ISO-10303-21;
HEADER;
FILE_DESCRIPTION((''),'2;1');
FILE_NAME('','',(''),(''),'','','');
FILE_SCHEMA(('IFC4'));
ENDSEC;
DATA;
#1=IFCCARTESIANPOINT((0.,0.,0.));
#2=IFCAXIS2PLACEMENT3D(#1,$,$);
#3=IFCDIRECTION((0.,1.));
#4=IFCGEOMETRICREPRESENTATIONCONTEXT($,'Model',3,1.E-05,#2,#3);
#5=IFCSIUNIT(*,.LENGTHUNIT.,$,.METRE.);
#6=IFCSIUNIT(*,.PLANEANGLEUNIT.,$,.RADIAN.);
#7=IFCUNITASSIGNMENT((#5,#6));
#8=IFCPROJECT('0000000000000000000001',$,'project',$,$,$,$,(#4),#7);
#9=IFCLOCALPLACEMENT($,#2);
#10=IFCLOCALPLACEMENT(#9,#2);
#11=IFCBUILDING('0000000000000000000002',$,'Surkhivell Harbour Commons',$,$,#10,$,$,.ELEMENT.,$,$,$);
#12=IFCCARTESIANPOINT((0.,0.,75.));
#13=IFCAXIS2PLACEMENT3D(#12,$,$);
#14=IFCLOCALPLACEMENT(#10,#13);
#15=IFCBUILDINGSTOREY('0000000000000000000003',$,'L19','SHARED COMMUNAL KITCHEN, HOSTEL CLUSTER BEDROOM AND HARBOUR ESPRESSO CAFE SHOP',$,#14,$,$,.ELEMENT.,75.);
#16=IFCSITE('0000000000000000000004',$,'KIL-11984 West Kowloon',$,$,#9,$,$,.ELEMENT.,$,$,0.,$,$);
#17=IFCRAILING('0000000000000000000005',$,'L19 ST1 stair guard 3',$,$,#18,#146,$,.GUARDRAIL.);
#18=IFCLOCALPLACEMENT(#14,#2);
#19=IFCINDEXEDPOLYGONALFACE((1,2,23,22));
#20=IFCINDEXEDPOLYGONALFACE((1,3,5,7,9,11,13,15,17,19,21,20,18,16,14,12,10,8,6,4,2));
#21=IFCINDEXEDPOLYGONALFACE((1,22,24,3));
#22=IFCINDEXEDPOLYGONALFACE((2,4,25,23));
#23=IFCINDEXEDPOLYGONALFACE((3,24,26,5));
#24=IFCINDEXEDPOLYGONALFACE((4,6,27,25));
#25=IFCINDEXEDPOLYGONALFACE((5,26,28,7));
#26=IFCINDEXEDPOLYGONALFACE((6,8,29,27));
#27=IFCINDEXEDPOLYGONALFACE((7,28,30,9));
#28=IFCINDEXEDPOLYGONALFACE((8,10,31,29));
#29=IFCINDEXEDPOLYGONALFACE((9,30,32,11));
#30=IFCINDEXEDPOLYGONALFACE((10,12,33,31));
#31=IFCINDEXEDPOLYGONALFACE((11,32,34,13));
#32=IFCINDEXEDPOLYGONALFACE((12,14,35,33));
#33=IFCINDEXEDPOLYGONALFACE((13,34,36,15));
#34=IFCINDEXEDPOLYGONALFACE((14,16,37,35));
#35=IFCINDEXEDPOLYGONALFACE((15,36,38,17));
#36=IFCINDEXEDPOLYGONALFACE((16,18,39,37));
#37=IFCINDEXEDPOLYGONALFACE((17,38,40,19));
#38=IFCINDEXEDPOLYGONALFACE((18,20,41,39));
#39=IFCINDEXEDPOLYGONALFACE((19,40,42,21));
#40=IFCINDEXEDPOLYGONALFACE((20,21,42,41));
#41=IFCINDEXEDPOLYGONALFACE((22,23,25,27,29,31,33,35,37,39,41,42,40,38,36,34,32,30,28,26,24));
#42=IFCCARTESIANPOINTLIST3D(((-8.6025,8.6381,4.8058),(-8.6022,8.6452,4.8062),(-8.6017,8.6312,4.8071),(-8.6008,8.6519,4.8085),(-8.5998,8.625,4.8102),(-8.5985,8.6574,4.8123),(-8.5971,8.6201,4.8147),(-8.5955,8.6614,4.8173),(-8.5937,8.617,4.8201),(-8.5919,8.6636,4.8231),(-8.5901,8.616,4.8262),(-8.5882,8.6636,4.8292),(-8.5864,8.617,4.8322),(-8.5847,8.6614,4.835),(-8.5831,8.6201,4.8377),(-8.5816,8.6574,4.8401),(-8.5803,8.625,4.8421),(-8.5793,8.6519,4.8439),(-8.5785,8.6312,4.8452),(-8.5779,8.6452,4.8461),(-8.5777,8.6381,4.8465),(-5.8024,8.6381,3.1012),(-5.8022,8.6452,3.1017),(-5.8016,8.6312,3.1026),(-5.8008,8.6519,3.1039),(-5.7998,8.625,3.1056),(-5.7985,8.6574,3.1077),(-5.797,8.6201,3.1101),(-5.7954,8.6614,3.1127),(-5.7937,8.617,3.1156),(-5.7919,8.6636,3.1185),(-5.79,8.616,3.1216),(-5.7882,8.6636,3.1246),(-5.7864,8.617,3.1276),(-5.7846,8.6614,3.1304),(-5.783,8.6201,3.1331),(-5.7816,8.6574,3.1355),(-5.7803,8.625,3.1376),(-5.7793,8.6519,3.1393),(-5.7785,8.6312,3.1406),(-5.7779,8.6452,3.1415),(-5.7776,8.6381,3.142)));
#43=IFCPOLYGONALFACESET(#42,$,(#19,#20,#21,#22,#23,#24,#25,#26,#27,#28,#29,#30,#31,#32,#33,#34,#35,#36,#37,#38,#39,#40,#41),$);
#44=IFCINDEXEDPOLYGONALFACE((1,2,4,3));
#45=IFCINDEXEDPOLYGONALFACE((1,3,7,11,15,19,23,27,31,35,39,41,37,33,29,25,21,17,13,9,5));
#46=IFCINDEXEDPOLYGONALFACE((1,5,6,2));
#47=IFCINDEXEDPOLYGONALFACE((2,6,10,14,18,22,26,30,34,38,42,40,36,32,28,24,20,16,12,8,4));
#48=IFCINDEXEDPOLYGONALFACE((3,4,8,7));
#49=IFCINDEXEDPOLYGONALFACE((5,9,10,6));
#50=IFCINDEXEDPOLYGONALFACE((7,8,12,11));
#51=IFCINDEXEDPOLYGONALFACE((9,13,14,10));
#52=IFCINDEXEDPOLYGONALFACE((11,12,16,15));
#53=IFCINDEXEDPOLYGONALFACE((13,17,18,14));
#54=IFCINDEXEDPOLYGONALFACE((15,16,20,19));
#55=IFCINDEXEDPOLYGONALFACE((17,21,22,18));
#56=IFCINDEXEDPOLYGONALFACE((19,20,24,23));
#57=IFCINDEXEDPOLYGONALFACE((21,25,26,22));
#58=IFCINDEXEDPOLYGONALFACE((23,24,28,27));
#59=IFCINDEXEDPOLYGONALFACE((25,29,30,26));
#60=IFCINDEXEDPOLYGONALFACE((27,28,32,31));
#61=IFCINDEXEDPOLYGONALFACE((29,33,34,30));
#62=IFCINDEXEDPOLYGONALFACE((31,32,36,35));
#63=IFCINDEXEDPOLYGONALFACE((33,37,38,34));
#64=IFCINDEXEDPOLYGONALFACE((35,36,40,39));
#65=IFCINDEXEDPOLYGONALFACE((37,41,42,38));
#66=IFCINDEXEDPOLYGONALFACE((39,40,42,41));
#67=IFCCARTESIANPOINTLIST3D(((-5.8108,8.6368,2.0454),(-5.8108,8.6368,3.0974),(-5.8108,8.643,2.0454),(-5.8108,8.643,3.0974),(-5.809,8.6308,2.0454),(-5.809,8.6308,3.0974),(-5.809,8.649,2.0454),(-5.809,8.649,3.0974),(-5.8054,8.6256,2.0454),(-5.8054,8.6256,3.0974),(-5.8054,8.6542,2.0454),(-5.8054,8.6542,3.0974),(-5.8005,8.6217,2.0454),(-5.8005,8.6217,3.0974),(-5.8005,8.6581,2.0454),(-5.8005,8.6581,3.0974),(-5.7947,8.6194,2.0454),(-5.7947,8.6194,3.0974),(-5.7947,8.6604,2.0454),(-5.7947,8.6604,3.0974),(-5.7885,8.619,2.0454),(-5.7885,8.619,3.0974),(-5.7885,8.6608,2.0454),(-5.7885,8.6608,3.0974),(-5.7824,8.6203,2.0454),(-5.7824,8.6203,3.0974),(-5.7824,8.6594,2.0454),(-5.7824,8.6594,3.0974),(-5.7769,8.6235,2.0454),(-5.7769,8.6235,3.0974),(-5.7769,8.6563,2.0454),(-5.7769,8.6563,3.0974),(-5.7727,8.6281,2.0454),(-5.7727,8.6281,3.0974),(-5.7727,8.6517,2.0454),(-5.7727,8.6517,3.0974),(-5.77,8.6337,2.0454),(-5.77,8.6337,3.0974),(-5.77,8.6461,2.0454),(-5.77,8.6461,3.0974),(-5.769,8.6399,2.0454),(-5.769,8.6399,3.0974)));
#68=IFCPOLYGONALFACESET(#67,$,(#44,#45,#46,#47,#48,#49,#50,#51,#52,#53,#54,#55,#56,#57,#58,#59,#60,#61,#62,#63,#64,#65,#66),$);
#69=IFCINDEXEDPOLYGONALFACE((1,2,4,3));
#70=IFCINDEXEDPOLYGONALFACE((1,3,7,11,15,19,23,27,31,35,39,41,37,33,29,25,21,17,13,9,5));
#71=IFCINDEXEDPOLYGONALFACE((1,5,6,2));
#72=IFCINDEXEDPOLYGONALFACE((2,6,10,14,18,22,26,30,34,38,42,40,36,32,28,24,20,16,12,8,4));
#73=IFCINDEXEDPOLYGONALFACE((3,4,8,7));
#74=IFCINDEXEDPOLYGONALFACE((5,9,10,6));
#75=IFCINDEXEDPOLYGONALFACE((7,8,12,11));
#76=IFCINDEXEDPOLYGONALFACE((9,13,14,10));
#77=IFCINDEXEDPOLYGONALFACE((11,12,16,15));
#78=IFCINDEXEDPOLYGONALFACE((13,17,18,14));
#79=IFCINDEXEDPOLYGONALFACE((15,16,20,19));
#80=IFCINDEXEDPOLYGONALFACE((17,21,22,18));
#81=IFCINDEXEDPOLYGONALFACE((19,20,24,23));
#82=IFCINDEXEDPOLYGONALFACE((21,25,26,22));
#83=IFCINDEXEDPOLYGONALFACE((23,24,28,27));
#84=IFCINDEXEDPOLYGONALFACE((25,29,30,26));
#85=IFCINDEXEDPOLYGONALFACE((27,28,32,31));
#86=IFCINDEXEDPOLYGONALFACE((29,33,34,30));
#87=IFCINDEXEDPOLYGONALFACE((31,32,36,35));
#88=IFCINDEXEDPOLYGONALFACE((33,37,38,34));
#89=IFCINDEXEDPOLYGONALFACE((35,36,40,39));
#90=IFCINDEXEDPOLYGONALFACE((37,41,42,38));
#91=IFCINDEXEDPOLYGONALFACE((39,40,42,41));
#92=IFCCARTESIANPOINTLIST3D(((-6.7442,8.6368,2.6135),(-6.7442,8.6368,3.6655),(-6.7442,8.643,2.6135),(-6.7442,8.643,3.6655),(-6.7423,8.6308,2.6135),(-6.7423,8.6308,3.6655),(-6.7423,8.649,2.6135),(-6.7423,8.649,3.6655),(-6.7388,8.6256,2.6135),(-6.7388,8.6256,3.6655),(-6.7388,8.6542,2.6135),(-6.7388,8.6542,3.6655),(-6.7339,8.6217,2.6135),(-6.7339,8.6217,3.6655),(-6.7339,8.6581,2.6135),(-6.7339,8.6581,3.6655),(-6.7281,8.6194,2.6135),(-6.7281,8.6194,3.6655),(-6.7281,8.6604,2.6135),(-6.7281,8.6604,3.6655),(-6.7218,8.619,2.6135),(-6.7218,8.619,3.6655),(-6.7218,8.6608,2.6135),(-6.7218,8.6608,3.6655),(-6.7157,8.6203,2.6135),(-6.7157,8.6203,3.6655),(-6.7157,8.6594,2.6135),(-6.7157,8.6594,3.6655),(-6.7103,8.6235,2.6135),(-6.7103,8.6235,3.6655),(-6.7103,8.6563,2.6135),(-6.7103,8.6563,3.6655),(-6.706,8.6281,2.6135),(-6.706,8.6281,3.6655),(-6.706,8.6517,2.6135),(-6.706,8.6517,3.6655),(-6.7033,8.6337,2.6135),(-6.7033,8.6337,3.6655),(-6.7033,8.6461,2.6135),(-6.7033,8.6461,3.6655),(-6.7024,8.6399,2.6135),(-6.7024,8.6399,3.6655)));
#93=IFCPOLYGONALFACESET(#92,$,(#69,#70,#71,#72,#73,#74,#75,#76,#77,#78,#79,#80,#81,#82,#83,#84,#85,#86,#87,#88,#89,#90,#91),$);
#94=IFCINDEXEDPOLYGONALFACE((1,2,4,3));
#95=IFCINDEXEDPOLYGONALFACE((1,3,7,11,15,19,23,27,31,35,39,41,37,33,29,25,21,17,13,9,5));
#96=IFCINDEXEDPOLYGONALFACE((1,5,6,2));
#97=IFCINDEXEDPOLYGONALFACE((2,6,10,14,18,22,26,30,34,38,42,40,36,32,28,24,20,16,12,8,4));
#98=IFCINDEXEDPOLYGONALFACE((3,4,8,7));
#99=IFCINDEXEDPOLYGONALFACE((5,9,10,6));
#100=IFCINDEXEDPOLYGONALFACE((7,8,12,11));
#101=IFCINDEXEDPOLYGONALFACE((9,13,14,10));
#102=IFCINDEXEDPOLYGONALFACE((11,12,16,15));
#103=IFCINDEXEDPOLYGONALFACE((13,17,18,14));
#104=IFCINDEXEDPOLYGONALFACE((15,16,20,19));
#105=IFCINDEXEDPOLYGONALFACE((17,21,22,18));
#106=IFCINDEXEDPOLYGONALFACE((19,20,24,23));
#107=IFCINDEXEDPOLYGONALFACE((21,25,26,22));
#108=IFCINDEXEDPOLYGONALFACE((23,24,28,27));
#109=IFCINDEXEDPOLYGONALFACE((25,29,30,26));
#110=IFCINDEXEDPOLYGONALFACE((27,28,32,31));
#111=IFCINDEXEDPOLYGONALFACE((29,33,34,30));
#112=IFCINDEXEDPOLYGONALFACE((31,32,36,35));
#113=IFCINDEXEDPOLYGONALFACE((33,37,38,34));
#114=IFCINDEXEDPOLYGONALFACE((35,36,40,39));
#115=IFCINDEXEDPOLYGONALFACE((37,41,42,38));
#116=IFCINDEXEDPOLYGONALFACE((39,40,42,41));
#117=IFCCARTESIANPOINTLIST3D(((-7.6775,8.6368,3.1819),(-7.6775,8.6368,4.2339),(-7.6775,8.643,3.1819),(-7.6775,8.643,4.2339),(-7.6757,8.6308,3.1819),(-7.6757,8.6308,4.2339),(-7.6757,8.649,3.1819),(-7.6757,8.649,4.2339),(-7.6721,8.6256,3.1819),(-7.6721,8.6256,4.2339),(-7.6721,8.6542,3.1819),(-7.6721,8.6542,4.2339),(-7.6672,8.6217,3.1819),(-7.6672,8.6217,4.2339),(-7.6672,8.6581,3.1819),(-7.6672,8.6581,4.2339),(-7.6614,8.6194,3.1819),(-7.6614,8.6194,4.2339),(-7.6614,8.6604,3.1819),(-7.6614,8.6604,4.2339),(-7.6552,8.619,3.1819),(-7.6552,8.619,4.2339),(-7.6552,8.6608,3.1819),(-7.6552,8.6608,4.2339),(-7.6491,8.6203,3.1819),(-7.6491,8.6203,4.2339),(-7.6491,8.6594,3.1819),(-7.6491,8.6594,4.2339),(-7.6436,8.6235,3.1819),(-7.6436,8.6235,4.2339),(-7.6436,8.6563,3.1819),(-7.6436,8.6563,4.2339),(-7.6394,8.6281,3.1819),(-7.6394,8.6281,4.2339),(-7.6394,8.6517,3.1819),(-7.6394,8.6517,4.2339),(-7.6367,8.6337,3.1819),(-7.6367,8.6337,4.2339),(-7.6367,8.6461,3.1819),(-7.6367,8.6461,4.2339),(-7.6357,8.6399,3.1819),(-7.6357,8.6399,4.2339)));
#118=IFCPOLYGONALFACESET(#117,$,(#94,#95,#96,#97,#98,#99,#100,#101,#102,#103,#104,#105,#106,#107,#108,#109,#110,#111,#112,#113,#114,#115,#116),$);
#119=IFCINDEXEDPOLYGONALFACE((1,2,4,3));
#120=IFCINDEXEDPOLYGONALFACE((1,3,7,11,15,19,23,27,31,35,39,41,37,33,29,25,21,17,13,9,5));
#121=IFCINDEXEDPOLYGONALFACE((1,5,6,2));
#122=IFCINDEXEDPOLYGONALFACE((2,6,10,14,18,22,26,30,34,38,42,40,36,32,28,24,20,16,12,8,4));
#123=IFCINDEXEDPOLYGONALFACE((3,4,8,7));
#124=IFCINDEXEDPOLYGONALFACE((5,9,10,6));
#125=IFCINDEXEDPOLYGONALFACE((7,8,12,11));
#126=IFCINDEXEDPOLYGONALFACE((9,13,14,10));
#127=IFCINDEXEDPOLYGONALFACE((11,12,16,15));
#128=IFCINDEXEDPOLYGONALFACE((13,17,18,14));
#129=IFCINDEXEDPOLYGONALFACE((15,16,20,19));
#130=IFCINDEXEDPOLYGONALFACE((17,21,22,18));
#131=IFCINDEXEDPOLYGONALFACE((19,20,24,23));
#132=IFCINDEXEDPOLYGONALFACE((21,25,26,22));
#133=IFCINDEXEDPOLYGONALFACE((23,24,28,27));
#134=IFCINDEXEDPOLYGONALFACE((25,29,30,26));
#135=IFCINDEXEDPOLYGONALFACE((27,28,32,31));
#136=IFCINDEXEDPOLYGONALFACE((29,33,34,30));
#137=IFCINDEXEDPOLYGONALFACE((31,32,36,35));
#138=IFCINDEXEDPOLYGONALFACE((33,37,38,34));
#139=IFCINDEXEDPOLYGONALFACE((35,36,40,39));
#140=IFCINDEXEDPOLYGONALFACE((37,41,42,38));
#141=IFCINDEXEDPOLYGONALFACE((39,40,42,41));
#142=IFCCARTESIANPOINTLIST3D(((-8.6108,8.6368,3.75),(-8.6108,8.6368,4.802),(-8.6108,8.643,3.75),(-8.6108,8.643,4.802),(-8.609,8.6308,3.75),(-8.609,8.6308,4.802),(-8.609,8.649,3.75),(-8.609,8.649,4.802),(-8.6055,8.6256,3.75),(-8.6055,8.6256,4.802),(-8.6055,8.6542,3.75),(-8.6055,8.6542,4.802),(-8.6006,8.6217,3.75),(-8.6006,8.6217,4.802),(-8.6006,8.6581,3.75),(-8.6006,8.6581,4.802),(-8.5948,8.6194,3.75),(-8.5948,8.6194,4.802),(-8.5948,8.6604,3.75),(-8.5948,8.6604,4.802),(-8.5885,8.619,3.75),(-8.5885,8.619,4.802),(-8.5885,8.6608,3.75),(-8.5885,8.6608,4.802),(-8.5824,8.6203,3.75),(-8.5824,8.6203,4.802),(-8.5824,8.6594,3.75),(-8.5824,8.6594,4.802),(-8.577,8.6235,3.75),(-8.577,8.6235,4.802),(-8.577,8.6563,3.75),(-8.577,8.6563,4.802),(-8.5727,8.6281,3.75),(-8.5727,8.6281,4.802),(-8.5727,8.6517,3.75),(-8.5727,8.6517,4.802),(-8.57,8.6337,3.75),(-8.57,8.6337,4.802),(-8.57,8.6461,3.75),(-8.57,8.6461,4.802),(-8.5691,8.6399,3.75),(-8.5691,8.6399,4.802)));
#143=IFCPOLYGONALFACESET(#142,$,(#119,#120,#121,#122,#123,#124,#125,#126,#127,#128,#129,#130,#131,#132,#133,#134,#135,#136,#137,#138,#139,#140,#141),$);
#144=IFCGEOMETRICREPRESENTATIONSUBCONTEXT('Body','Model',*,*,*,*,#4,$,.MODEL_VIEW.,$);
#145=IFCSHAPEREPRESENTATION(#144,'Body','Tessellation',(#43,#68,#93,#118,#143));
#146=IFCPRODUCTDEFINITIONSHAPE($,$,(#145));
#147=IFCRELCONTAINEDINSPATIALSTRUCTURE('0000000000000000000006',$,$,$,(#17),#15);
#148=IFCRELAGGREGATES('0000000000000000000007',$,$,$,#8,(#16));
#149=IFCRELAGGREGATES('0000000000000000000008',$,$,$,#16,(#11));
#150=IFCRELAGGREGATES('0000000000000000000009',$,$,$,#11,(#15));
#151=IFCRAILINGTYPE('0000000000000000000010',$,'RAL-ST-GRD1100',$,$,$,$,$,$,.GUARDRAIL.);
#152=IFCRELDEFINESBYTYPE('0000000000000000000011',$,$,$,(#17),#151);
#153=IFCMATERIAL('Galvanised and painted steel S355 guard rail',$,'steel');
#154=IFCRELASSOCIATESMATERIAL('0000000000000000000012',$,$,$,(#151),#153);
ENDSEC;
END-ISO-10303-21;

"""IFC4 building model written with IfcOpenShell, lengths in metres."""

from ifc_helpers import new_model, si_unit, direction, frame, origin, origin_2d, place, context, subcontext, project, spatial, circle, extrude, material, type_object, element, save


model = new_model("IFC4")

# Units and contexts
model_context = context("Model", 3, precision=1e-05, world=origin(), true_north=direction((0.0, 1.0)))
body_context = subcontext(model_context, "Body", "Model", "MODEL_VIEW")
ifc_project = project(units=[si_unit("LENGTHUNIT", "METRE"), si_unit("PLANEANGLEUNIT", "RADIAN")], contexts=[model_context])

# Site, building, storey
site_placement = place(None, origin())
site = spatial("IfcSite", under=ifc_project, at=site_placement, Name="KIL-11984 West Kowloon", CompositionType="ELEMENT", RefElevation=0.0)
building_placement = place(site_placement, origin())
building = spatial("IfcBuilding", under=site, at=building_placement, Name="Surkhivell Harbour Commons", CompositionType="ELEMENT")
storey_placement = place(building_placement, frame((0.0, 0.0, 75.0)))
storey = spatial("IfcBuildingStorey", under=building, at=storey_placement, Name="L19", Description="SHARED COMMUNAL KITCHEN, HOSTEL CLUSTER BEDROOM AND HARBOUR ESPRESSO CAFE SHOP", CompositionType="ELEMENT", Elevation=75.0)

# Railing
ifc_material_1 = material(Name="Galvanised and painted steel S355 guard rail", Category="steel")
railing_type_1 = type_object("IfcRailingType", Name="RAL-ST-GRD1100", PredefinedType="GUARDRAIL", material=ifc_material_1)
railing_1_placement = place(storey_placement, frame((-5.79, 8.6399, 2.0454)))
element("IfcRailing", 1, at=railing_1_placement, inside=storey, type_object=railing_type_1, Name="L19 ST1 stair guard 3", PredefinedType="GUARDRAIL", context=body_context, shape_type="SweptSolid", body=[
    extrude(circle(Radius=0.0239, at=origin_2d()), frame((0.0, 0.0, 1.0762), z_axis=(-0.85417, 0.0, 0.519994), x_axis=(0.0, -1.0, 0.0)), (0.0, 0.0, 1.0), 3.2781),
    extrude(circle(Radius=0.021, at=origin_2d()), origin(), (0.0, 0.0, 1.0), 1.052),
    extrude(circle(Radius=0.021, at=origin_2d()), frame((-0.9333, 0.0, 0.5681)), (0.0, 0.0, 1.0), 1.052),
    extrude(circle(Radius=0.021, at=origin_2d()), frame((-1.8667, 0.0, 1.1365)), (0.0, 0.0, 1.0), 1.052),
    extrude(circle(Radius=0.021, at=origin_2d()), frame((-2.8, 0.0, 1.7046)), (0.0, 0.0, 1.0), 1.052),
])

save(model, "model.ifc")
